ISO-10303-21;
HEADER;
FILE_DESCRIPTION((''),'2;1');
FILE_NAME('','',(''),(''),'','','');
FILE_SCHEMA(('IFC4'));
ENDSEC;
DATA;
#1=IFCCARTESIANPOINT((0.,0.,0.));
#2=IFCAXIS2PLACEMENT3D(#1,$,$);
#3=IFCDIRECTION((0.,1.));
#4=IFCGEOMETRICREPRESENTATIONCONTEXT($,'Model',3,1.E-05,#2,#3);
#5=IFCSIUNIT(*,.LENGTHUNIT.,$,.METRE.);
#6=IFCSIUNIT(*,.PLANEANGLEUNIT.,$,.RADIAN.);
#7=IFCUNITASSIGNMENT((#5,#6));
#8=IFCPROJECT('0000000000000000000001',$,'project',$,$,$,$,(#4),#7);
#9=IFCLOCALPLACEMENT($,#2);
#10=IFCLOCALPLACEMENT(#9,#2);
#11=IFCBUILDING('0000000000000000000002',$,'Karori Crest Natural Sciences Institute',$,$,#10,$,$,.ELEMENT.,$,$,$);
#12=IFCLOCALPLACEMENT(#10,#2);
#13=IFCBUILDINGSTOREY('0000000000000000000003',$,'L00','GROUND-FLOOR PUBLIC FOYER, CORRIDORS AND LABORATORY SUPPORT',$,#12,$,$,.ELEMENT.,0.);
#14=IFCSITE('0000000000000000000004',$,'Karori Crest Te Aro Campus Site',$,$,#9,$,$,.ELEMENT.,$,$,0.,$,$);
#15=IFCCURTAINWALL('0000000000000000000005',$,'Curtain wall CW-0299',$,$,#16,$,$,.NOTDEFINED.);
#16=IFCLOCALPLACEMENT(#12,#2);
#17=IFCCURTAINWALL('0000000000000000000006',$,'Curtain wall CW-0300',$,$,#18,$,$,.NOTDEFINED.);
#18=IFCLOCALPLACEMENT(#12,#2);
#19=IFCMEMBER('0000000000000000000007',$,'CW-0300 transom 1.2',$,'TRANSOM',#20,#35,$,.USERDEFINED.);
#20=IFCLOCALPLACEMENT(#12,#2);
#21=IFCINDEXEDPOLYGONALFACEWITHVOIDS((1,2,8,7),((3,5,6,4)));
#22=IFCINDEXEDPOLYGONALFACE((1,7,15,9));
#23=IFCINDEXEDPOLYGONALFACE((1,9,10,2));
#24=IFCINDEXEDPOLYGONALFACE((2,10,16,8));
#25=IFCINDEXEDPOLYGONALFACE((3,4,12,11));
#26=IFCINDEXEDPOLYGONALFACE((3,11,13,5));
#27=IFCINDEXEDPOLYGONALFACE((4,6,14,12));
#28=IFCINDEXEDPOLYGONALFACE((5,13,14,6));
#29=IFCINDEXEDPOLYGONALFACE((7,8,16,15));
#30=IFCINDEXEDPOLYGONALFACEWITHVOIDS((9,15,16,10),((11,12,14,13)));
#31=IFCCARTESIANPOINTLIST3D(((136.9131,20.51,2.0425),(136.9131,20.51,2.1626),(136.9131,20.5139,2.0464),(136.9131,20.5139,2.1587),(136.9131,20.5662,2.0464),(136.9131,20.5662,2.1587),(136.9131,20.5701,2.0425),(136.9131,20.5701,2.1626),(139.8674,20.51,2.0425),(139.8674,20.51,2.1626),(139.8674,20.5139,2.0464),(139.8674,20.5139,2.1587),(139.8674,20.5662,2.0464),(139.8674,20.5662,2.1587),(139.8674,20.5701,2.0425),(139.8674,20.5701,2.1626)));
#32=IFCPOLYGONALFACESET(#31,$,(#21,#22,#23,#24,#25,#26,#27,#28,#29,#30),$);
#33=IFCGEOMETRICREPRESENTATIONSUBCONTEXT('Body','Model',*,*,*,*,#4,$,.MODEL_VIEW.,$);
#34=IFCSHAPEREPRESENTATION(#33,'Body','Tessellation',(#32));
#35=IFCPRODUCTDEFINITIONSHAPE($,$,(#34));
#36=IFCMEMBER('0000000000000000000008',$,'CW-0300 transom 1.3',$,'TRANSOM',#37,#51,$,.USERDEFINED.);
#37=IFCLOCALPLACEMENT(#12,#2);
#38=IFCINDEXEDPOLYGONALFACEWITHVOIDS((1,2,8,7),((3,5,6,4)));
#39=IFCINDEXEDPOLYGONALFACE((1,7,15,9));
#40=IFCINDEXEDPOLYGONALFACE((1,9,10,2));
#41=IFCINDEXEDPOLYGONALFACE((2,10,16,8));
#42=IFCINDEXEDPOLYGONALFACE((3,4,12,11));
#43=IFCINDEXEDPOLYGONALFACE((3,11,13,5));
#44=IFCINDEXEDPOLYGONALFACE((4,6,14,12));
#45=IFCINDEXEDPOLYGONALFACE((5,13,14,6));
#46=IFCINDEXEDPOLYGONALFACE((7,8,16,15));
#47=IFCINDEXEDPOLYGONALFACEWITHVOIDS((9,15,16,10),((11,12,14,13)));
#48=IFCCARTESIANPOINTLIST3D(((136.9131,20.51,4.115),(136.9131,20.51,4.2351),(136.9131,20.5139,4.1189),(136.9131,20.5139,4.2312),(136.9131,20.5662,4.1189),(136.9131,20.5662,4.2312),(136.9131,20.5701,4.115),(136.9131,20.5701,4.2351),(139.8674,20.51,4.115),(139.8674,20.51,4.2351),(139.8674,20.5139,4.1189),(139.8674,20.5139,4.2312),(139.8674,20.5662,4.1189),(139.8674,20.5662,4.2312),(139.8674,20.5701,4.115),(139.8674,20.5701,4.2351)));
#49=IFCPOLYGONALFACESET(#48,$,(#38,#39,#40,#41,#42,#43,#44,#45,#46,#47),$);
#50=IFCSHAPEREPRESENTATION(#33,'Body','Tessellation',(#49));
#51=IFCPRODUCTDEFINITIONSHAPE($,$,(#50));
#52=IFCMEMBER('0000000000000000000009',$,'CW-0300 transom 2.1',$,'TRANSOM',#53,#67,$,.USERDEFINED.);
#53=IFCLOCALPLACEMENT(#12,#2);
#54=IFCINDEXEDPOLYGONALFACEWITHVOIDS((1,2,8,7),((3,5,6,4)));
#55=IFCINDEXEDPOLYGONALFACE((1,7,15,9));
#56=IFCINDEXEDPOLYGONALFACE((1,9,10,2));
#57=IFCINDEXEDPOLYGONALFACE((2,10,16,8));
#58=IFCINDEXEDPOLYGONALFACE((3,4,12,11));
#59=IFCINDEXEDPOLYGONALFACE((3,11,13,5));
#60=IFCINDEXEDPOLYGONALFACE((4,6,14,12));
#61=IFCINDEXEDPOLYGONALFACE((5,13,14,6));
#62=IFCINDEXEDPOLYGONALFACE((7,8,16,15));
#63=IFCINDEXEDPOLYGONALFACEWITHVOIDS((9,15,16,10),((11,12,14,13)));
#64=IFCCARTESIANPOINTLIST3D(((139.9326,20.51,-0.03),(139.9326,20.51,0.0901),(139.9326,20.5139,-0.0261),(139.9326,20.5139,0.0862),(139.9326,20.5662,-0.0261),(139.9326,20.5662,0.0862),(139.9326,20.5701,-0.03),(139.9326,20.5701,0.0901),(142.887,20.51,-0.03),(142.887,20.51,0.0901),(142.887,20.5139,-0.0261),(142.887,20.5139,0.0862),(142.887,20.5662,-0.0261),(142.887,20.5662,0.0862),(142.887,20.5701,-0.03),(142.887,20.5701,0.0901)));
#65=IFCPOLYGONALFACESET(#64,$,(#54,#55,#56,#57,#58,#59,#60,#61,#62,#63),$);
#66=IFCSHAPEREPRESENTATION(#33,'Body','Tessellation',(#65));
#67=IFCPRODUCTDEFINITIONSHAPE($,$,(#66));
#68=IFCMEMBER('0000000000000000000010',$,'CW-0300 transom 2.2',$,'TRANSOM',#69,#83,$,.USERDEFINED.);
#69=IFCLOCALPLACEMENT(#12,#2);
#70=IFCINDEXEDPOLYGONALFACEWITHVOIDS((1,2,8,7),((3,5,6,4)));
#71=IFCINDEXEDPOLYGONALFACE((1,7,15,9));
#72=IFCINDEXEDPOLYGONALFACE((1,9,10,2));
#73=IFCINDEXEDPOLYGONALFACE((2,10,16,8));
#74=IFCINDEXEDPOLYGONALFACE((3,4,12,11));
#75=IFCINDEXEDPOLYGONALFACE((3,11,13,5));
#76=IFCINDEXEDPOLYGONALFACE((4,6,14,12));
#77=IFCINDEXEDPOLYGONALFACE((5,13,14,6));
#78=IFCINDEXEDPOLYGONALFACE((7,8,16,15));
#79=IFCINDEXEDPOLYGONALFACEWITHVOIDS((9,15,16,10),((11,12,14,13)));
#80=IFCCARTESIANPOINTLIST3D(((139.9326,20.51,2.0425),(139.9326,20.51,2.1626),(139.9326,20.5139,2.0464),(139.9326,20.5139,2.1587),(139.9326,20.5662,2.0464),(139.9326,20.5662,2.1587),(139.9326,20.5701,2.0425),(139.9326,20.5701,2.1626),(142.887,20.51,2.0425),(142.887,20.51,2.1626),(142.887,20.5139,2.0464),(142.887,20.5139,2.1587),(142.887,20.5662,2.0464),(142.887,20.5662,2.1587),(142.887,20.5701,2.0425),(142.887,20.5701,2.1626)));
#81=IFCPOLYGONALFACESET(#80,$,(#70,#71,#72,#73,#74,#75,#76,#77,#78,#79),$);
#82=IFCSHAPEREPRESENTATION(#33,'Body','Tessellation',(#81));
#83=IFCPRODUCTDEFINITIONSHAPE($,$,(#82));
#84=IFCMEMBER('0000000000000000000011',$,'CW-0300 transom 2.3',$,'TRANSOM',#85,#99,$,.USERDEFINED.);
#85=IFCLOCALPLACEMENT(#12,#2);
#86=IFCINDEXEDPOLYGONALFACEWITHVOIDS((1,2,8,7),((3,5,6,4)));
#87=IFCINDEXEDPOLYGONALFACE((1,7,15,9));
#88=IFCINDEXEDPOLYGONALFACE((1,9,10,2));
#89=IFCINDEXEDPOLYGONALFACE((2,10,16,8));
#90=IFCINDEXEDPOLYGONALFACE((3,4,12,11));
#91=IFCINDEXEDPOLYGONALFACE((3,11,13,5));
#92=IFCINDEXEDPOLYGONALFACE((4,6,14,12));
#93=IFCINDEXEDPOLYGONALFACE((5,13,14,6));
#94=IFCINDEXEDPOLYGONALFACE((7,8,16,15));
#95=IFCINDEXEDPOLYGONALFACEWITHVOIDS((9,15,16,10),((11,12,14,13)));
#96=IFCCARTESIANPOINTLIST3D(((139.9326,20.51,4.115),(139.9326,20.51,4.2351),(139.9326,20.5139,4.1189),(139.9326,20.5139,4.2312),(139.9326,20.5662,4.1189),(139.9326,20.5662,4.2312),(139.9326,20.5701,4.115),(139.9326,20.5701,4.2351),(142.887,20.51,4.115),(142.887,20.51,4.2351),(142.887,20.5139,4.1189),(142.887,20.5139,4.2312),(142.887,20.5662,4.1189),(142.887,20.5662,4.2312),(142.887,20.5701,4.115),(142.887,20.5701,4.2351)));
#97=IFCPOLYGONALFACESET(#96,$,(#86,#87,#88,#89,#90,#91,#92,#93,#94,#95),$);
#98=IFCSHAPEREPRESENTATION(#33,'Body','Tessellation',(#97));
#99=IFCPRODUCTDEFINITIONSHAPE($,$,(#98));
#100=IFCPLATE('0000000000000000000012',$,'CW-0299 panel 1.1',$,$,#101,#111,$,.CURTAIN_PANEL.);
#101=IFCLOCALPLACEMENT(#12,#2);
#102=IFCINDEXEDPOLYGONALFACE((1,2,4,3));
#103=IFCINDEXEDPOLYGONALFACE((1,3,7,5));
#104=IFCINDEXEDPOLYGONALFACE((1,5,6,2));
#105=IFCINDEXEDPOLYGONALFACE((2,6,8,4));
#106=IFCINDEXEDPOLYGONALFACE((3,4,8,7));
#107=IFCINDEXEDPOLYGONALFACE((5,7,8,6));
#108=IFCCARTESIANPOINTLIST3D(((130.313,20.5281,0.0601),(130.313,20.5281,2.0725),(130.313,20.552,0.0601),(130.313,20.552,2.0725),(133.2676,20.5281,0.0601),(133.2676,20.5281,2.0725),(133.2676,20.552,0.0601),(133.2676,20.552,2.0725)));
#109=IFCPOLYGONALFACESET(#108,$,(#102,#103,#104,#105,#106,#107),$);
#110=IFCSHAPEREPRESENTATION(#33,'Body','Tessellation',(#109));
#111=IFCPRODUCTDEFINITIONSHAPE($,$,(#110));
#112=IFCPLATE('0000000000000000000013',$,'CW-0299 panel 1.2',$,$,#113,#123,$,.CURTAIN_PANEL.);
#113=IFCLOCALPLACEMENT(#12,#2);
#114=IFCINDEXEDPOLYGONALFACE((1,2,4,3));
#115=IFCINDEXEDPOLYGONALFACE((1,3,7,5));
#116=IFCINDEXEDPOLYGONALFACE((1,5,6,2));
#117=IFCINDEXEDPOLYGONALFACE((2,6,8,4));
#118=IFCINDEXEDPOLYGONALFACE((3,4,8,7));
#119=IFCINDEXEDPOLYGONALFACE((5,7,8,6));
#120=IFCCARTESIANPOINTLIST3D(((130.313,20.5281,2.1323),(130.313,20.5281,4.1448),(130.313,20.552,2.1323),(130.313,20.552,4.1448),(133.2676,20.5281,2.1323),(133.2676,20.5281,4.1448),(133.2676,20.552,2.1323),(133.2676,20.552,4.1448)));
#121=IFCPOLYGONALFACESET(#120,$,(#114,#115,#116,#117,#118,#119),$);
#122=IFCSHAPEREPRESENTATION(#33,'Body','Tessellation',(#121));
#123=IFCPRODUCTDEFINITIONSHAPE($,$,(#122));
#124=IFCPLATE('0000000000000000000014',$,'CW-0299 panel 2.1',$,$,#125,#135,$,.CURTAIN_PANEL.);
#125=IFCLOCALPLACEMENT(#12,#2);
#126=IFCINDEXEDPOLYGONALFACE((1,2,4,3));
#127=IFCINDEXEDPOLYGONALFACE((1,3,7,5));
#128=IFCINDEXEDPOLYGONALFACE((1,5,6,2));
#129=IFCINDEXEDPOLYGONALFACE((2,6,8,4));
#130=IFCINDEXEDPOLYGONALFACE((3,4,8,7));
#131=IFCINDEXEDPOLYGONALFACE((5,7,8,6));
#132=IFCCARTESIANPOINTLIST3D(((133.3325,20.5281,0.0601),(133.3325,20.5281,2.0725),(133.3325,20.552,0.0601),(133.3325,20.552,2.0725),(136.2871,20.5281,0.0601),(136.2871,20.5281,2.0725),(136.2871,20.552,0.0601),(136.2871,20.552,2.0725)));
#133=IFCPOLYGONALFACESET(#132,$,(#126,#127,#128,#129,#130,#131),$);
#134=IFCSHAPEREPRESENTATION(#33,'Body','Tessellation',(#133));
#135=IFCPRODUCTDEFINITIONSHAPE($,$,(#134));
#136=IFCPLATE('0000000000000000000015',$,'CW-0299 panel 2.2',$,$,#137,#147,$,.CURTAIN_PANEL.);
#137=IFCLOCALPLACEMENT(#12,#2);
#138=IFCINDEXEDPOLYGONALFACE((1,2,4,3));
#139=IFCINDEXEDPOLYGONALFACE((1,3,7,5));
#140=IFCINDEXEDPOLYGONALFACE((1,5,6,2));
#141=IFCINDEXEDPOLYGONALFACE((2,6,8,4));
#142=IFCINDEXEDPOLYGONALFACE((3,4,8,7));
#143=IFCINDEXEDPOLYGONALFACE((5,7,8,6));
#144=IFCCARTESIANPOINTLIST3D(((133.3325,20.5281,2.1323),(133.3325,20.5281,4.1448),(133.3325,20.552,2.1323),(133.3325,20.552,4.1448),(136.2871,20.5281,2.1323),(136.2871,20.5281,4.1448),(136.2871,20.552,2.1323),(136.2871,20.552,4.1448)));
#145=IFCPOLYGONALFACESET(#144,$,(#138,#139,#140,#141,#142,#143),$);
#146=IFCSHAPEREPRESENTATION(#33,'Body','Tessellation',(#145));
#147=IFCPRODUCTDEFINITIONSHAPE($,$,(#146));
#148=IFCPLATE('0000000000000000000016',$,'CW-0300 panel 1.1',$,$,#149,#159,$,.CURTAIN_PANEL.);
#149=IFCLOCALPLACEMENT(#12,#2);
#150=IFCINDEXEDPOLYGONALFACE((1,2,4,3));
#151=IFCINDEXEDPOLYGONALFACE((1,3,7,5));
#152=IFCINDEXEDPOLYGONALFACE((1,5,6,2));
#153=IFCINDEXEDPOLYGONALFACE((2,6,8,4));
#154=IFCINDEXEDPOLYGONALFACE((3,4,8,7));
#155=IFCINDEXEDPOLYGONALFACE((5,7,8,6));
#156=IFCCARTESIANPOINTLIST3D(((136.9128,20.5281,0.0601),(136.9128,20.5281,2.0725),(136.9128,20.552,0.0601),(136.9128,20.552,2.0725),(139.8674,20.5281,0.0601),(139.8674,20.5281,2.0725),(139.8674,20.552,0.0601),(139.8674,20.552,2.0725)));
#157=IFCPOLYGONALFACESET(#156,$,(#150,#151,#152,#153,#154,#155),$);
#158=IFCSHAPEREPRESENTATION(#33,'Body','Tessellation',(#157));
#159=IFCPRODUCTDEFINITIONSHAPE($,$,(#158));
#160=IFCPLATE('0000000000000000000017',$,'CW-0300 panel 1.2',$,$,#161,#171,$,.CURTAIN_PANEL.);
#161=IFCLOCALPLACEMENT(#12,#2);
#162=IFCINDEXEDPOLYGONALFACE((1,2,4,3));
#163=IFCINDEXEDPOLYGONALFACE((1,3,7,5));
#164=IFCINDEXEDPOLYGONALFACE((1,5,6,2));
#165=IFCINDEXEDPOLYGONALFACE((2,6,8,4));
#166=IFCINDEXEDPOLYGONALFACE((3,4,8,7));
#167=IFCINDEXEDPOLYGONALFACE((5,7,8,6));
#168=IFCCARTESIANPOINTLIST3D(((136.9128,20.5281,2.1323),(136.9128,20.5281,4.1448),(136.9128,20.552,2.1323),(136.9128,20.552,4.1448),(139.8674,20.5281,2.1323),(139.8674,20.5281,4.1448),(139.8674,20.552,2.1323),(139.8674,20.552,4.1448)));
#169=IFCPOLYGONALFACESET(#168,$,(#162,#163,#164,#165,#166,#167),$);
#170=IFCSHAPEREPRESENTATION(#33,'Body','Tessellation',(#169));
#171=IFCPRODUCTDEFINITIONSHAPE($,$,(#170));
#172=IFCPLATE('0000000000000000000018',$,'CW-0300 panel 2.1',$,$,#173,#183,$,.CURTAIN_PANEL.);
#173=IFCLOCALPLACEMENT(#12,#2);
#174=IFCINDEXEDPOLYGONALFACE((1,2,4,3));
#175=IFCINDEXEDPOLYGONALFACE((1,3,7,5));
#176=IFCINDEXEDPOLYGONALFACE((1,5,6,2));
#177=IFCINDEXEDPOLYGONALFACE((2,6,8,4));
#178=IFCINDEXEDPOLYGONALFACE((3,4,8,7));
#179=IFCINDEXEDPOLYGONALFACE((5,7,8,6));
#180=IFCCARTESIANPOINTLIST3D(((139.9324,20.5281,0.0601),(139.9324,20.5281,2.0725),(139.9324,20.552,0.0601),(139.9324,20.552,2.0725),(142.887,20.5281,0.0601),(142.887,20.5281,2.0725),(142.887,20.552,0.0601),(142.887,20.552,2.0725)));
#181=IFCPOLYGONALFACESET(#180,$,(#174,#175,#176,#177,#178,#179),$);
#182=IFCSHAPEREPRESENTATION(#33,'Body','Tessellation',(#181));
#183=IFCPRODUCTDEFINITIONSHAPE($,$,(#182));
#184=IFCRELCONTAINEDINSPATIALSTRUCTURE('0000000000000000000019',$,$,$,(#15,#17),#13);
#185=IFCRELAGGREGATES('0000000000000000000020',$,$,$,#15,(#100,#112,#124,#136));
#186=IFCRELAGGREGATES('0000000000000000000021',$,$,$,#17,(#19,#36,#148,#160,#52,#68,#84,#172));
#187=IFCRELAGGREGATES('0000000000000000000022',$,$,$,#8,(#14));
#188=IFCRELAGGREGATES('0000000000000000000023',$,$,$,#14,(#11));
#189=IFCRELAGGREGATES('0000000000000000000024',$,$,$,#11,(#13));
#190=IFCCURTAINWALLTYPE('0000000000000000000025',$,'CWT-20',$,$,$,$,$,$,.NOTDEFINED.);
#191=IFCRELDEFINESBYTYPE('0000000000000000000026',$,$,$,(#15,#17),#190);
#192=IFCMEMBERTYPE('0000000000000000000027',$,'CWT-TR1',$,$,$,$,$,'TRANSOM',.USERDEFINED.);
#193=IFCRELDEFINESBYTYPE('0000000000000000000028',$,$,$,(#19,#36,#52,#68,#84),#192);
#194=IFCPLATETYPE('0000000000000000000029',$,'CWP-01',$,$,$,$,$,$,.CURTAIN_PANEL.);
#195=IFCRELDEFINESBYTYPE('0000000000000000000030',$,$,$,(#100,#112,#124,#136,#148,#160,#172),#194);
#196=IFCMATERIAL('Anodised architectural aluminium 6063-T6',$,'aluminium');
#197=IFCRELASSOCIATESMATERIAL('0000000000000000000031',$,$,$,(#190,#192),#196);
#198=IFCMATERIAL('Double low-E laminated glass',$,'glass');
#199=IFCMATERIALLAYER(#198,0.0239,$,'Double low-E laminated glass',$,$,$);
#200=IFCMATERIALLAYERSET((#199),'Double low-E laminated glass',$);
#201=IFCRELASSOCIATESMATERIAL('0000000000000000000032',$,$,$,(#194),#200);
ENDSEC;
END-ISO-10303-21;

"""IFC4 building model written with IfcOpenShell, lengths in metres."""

from ifc_helpers import new_model, si_unit, direction, frame, origin, origin_2d, place, context, subcontext, project, spatial, rectangle, hollow_rectangle, extrude, material, layer, layer_set, material_profile, profile_set, type_object, element, aggregate, save


model = new_model("IFC4")

# Units and contexts
model_context = context("Model", 3, precision=1e-05, world=origin(), true_north=direction((0.0, 1.0)))
body_context = subcontext(model_context, "Body", "Model", "MODEL_VIEW")
ifc_project = project(units=[si_unit("LENGTHUNIT", "METRE"), si_unit("PLANEANGLEUNIT", "RADIAN")], contexts=[model_context])

# Site, building, storey
site_placement = place(None, origin())
site = spatial("IfcSite", under=ifc_project, at=site_placement, Name="Karori Crest Te Aro Campus Site", CompositionType="ELEMENT", RefElevation=0.0)
building_placement = place(site_placement, origin())
building = spatial("IfcBuilding", under=site, at=building_placement, Name="Karori Crest Natural Sciences Institute", CompositionType="ELEMENT")
storey_placement = place(building_placement, origin())
storey = spatial("IfcBuildingStorey", under=building, at=storey_placement, Name="L00", Description="GROUND-FLOOR PUBLIC FOYER, CORRIDORS AND LABORATORY SUPPORT", CompositionType="ELEMENT", Elevation=0.0)

# Shared definitions
ifc_material_1 = material(Name="Anodised architectural aluminium 6063-T6", Category="aluminium")
curtain_wall_type = type_object("IfcCurtainWallType", Name="CWT-20", PredefinedType="NOTDEFINED", material=ifc_material_1)

# Curtain walls
curtain_wall_1_placement = place(storey_placement, origin())
curtain_wall_1 = element("IfcCurtainWall", 1, at=curtain_wall_1_placement, inside=storey, type_object=curtain_wall_type, Name="Curtain wall CW-0299", PredefinedType="NOTDEFINED")
curtain_wall_2_placement = place(storey_placement, origin())
curtain_wall_2 = element("IfcCurtainWall", 2, at=curtain_wall_2_placement, inside=storey, type_object=curtain_wall_type, Name="Curtain wall CW-0300", PredefinedType="NOTDEFINED")

# Members
ifc_material_profile_1 = material_profile(ifc_material_1, hollow_rectangle(XDim=0.0601, YDim=0.1201, WallThickness=0.0039, at=origin_2d()), Name="CWT120x60x4")
ifc_profile_set_1 = profile_set([ifc_material_profile_1], Name="Anodised architectural aluminium 6063-T6")
member_type_1 = type_object("IfcMemberType", Name="CWT-TR1", ElementType="TRANSOM", PredefinedType="USERDEFINED", material=ifc_profile_set_1)
member_1_placement = place(storey_placement, frame((136.9131, 20.54, 2.1025), z_axis=(1.0, 0.0, 0.0), x_axis=(0.0, 1.0, 0.0)))
member_1 = element("IfcMember", 3, at=member_1_placement, type_object=member_type_1, Name="CW-0300 transom 1.2", ObjectType="TRANSOM", PredefinedType="USERDEFINED", context=body_context, shape_type="SweptSolid", body=[
    extrude(hollow_rectangle(XDim=0.0601, YDim=0.1201, WallThickness=0.0039, at=origin_2d()), origin(), (0.0, 0.0, 1.0), 2.9543),
])
member_2_placement = place(storey_placement, frame((136.9131, 20.54, 4.175), z_axis=(1.0, 0.0, 0.0), x_axis=(0.0, 1.0, 0.0)))
member_2 = element("IfcMember", 4, at=member_2_placement, type_object=member_type_1, Name="CW-0300 transom 1.3", ObjectType="TRANSOM", PredefinedType="USERDEFINED", context=body_context, shape_type="SweptSolid", body=[
    extrude(hollow_rectangle(XDim=0.0601, YDim=0.1201, WallThickness=0.0039, at=origin_2d()), origin(), (0.0, 0.0, 1.0), 2.9543),
])
member_3_placement = place(storey_placement, frame((139.9326, 20.54, 0.03), z_axis=(1.0, 0.0, 0.0), x_axis=(0.0, 1.0, 0.0)))
member_3 = element("IfcMember", 5, at=member_3_placement, type_object=member_type_1, Name="CW-0300 transom 2.1", ObjectType="TRANSOM", PredefinedType="USERDEFINED", context=body_context, shape_type="SweptSolid", body=[
    extrude(hollow_rectangle(XDim=0.0601, YDim=0.1201, WallThickness=0.0039, at=origin_2d()), origin(), (0.0, 0.0, 1.0), 2.9543),
])
member_4_placement = place(storey_placement, frame((139.9326, 20.54, 2.1025), z_axis=(1.0, 0.0, 0.0), x_axis=(0.0, 1.0, 0.0)))
member_4 = element("IfcMember", 6, at=member_4_placement, type_object=member_type_1, Name="CW-0300 transom 2.2", ObjectType="TRANSOM", PredefinedType="USERDEFINED", context=body_context, shape_type="SweptSolid", body=[
    extrude(hollow_rectangle(XDim=0.0601, YDim=0.1201, WallThickness=0.0039, at=origin_2d()), origin(), (0.0, 0.0, 1.0), 2.9543),
])
member_5_placement = place(storey_placement, frame((139.9326, 20.54, 4.175), z_axis=(1.0, 0.0, 0.0), x_axis=(0.0, 1.0, 0.0)))
member_5 = element("IfcMember", 7, at=member_5_placement, type_object=member_type_1, Name="CW-0300 transom 2.3", ObjectType="TRANSOM", PredefinedType="USERDEFINED", context=body_context, shape_type="SweptSolid", body=[
    extrude(hollow_rectangle(XDim=0.0601, YDim=0.1201, WallThickness=0.0039, at=origin_2d()), origin(), (0.0, 0.0, 1.0), 2.9543),
])

# Plates
ifc_material_2 = material(Name="Double low-E laminated glass", Category="glass")
ifc_layer = layer(ifc_material_2, 0.0239, Name="Double low-E laminated glass")
ifc_layer_set = layer_set([ifc_layer], Name="Double low-E laminated glass")
plate_type = type_object("IfcPlateType", Name="CWP-01", PredefinedType="CURTAIN_PANEL", material=ifc_layer_set)
plate_1_placement = place(storey_placement, frame((131.7903, 20.54, 0.0601), z_axis=(0.0, 0.0, 1.0), x_axis=(1.0, 0.0, 0.0)))
plate_1 = element("IfcPlate", 8, at=plate_1_placement, type_object=plate_type, Name="CW-0299 panel 1.1", PredefinedType="CURTAIN_PANEL", context=body_context, shape_type="SweptSolid", body=[
    extrude(rectangle(XDim=2.9546, YDim=0.0239, at=origin_2d()), origin(), (0.0, 0.0, 1.0), 2.0125),
])
plate_2_placement = place(storey_placement, frame((131.7903, 20.54, 2.1323), z_axis=(0.0, 0.0, 1.0), x_axis=(1.0, 0.0, 0.0)))
plate_2 = element("IfcPlate", 9, at=plate_2_placement, type_object=plate_type, Name="CW-0299 panel 1.2", PredefinedType="CURTAIN_PANEL", context=body_context, shape_type="SweptSolid", body=[
    extrude(rectangle(XDim=2.9546, YDim=0.0239, at=origin_2d()), origin(), (0.0, 0.0, 1.0), 2.0125),
])
plate_3_placement = place(storey_placement, frame((134.8098, 20.54, 0.0601), z_axis=(0.0, 0.0, 1.0), x_axis=(1.0, 0.0, 0.0)))
plate_3 = element("IfcPlate", 10, at=plate_3_placement, type_object=plate_type, Name="CW-0299 panel 2.1", PredefinedType="CURTAIN_PANEL", context=body_context, shape_type="SweptSolid", body=[
    extrude(rectangle(XDim=2.9546, YDim=0.0239, at=origin_2d()), origin(), (0.0, 0.0, 1.0), 2.0125),
])
plate_4_placement = place(storey_placement, frame((134.8098, 20.54, 2.1323), z_axis=(0.0, 0.0, 1.0), x_axis=(1.0, 0.0, 0.0)))
plate_4 = element("IfcPlate", 11, at=plate_4_placement, type_object=plate_type, Name="CW-0299 panel 2.2", PredefinedType="CURTAIN_PANEL", context=body_context, shape_type="SweptSolid", body=[
    extrude(rectangle(XDim=2.9546, YDim=0.0239, at=origin_2d()), origin(), (0.0, 0.0, 1.0), 2.0125),
])
aggregate(curtain_wall_1, [plate_1, plate_2, plate_3, plate_4])
plate_5_placement = place(storey_placement, frame((138.3901, 20.54, 0.0601), z_axis=(0.0, 0.0, 1.0), x_axis=(1.0, 0.0, 0.0)))
plate_5 = element("IfcPlate", 12, at=plate_5_placement, type_object=plate_type, Name="CW-0300 panel 1.1", PredefinedType="CURTAIN_PANEL", context=body_context, shape_type="SweptSolid", body=[
    extrude(rectangle(XDim=2.9546, YDim=0.0239, at=origin_2d()), origin(), (0.0, 0.0, 1.0), 2.0125),
])
plate_6_placement = place(storey_placement, frame((138.3901, 20.54, 2.1323), z_axis=(0.0, 0.0, 1.0), x_axis=(1.0, 0.0, 0.0)))
plate_6 = element("IfcPlate", 13, at=plate_6_placement, type_object=plate_type, Name="CW-0300 panel 1.2", PredefinedType="CURTAIN_PANEL", context=body_context, shape_type="SweptSolid", body=[
    extrude(rectangle(XDim=2.9546, YDim=0.0239, at=origin_2d()), origin(), (0.0, 0.0, 1.0), 2.0125),
])
plate_7_placement = place(storey_placement, frame((141.4097, 20.54, 0.0601), z_axis=(0.0, 0.0, 1.0), x_axis=(1.0, 0.0, 0.0)))
plate_7 = element("IfcPlate", 14, at=plate_7_placement, type_object=plate_type, Name="CW-0300 panel 2.1", PredefinedType="CURTAIN_PANEL", context=body_context, shape_type="SweptSolid", body=[
    extrude(rectangle(XDim=2.9546, YDim=0.0239, at=origin_2d()), origin(), (0.0, 0.0, 1.0), 2.0125),
])
aggregate(curtain_wall_2, [member_1, member_2, plate_5, plate_6, member_3, member_4, member_5, plate_7])

save(model, "model.ifc")
